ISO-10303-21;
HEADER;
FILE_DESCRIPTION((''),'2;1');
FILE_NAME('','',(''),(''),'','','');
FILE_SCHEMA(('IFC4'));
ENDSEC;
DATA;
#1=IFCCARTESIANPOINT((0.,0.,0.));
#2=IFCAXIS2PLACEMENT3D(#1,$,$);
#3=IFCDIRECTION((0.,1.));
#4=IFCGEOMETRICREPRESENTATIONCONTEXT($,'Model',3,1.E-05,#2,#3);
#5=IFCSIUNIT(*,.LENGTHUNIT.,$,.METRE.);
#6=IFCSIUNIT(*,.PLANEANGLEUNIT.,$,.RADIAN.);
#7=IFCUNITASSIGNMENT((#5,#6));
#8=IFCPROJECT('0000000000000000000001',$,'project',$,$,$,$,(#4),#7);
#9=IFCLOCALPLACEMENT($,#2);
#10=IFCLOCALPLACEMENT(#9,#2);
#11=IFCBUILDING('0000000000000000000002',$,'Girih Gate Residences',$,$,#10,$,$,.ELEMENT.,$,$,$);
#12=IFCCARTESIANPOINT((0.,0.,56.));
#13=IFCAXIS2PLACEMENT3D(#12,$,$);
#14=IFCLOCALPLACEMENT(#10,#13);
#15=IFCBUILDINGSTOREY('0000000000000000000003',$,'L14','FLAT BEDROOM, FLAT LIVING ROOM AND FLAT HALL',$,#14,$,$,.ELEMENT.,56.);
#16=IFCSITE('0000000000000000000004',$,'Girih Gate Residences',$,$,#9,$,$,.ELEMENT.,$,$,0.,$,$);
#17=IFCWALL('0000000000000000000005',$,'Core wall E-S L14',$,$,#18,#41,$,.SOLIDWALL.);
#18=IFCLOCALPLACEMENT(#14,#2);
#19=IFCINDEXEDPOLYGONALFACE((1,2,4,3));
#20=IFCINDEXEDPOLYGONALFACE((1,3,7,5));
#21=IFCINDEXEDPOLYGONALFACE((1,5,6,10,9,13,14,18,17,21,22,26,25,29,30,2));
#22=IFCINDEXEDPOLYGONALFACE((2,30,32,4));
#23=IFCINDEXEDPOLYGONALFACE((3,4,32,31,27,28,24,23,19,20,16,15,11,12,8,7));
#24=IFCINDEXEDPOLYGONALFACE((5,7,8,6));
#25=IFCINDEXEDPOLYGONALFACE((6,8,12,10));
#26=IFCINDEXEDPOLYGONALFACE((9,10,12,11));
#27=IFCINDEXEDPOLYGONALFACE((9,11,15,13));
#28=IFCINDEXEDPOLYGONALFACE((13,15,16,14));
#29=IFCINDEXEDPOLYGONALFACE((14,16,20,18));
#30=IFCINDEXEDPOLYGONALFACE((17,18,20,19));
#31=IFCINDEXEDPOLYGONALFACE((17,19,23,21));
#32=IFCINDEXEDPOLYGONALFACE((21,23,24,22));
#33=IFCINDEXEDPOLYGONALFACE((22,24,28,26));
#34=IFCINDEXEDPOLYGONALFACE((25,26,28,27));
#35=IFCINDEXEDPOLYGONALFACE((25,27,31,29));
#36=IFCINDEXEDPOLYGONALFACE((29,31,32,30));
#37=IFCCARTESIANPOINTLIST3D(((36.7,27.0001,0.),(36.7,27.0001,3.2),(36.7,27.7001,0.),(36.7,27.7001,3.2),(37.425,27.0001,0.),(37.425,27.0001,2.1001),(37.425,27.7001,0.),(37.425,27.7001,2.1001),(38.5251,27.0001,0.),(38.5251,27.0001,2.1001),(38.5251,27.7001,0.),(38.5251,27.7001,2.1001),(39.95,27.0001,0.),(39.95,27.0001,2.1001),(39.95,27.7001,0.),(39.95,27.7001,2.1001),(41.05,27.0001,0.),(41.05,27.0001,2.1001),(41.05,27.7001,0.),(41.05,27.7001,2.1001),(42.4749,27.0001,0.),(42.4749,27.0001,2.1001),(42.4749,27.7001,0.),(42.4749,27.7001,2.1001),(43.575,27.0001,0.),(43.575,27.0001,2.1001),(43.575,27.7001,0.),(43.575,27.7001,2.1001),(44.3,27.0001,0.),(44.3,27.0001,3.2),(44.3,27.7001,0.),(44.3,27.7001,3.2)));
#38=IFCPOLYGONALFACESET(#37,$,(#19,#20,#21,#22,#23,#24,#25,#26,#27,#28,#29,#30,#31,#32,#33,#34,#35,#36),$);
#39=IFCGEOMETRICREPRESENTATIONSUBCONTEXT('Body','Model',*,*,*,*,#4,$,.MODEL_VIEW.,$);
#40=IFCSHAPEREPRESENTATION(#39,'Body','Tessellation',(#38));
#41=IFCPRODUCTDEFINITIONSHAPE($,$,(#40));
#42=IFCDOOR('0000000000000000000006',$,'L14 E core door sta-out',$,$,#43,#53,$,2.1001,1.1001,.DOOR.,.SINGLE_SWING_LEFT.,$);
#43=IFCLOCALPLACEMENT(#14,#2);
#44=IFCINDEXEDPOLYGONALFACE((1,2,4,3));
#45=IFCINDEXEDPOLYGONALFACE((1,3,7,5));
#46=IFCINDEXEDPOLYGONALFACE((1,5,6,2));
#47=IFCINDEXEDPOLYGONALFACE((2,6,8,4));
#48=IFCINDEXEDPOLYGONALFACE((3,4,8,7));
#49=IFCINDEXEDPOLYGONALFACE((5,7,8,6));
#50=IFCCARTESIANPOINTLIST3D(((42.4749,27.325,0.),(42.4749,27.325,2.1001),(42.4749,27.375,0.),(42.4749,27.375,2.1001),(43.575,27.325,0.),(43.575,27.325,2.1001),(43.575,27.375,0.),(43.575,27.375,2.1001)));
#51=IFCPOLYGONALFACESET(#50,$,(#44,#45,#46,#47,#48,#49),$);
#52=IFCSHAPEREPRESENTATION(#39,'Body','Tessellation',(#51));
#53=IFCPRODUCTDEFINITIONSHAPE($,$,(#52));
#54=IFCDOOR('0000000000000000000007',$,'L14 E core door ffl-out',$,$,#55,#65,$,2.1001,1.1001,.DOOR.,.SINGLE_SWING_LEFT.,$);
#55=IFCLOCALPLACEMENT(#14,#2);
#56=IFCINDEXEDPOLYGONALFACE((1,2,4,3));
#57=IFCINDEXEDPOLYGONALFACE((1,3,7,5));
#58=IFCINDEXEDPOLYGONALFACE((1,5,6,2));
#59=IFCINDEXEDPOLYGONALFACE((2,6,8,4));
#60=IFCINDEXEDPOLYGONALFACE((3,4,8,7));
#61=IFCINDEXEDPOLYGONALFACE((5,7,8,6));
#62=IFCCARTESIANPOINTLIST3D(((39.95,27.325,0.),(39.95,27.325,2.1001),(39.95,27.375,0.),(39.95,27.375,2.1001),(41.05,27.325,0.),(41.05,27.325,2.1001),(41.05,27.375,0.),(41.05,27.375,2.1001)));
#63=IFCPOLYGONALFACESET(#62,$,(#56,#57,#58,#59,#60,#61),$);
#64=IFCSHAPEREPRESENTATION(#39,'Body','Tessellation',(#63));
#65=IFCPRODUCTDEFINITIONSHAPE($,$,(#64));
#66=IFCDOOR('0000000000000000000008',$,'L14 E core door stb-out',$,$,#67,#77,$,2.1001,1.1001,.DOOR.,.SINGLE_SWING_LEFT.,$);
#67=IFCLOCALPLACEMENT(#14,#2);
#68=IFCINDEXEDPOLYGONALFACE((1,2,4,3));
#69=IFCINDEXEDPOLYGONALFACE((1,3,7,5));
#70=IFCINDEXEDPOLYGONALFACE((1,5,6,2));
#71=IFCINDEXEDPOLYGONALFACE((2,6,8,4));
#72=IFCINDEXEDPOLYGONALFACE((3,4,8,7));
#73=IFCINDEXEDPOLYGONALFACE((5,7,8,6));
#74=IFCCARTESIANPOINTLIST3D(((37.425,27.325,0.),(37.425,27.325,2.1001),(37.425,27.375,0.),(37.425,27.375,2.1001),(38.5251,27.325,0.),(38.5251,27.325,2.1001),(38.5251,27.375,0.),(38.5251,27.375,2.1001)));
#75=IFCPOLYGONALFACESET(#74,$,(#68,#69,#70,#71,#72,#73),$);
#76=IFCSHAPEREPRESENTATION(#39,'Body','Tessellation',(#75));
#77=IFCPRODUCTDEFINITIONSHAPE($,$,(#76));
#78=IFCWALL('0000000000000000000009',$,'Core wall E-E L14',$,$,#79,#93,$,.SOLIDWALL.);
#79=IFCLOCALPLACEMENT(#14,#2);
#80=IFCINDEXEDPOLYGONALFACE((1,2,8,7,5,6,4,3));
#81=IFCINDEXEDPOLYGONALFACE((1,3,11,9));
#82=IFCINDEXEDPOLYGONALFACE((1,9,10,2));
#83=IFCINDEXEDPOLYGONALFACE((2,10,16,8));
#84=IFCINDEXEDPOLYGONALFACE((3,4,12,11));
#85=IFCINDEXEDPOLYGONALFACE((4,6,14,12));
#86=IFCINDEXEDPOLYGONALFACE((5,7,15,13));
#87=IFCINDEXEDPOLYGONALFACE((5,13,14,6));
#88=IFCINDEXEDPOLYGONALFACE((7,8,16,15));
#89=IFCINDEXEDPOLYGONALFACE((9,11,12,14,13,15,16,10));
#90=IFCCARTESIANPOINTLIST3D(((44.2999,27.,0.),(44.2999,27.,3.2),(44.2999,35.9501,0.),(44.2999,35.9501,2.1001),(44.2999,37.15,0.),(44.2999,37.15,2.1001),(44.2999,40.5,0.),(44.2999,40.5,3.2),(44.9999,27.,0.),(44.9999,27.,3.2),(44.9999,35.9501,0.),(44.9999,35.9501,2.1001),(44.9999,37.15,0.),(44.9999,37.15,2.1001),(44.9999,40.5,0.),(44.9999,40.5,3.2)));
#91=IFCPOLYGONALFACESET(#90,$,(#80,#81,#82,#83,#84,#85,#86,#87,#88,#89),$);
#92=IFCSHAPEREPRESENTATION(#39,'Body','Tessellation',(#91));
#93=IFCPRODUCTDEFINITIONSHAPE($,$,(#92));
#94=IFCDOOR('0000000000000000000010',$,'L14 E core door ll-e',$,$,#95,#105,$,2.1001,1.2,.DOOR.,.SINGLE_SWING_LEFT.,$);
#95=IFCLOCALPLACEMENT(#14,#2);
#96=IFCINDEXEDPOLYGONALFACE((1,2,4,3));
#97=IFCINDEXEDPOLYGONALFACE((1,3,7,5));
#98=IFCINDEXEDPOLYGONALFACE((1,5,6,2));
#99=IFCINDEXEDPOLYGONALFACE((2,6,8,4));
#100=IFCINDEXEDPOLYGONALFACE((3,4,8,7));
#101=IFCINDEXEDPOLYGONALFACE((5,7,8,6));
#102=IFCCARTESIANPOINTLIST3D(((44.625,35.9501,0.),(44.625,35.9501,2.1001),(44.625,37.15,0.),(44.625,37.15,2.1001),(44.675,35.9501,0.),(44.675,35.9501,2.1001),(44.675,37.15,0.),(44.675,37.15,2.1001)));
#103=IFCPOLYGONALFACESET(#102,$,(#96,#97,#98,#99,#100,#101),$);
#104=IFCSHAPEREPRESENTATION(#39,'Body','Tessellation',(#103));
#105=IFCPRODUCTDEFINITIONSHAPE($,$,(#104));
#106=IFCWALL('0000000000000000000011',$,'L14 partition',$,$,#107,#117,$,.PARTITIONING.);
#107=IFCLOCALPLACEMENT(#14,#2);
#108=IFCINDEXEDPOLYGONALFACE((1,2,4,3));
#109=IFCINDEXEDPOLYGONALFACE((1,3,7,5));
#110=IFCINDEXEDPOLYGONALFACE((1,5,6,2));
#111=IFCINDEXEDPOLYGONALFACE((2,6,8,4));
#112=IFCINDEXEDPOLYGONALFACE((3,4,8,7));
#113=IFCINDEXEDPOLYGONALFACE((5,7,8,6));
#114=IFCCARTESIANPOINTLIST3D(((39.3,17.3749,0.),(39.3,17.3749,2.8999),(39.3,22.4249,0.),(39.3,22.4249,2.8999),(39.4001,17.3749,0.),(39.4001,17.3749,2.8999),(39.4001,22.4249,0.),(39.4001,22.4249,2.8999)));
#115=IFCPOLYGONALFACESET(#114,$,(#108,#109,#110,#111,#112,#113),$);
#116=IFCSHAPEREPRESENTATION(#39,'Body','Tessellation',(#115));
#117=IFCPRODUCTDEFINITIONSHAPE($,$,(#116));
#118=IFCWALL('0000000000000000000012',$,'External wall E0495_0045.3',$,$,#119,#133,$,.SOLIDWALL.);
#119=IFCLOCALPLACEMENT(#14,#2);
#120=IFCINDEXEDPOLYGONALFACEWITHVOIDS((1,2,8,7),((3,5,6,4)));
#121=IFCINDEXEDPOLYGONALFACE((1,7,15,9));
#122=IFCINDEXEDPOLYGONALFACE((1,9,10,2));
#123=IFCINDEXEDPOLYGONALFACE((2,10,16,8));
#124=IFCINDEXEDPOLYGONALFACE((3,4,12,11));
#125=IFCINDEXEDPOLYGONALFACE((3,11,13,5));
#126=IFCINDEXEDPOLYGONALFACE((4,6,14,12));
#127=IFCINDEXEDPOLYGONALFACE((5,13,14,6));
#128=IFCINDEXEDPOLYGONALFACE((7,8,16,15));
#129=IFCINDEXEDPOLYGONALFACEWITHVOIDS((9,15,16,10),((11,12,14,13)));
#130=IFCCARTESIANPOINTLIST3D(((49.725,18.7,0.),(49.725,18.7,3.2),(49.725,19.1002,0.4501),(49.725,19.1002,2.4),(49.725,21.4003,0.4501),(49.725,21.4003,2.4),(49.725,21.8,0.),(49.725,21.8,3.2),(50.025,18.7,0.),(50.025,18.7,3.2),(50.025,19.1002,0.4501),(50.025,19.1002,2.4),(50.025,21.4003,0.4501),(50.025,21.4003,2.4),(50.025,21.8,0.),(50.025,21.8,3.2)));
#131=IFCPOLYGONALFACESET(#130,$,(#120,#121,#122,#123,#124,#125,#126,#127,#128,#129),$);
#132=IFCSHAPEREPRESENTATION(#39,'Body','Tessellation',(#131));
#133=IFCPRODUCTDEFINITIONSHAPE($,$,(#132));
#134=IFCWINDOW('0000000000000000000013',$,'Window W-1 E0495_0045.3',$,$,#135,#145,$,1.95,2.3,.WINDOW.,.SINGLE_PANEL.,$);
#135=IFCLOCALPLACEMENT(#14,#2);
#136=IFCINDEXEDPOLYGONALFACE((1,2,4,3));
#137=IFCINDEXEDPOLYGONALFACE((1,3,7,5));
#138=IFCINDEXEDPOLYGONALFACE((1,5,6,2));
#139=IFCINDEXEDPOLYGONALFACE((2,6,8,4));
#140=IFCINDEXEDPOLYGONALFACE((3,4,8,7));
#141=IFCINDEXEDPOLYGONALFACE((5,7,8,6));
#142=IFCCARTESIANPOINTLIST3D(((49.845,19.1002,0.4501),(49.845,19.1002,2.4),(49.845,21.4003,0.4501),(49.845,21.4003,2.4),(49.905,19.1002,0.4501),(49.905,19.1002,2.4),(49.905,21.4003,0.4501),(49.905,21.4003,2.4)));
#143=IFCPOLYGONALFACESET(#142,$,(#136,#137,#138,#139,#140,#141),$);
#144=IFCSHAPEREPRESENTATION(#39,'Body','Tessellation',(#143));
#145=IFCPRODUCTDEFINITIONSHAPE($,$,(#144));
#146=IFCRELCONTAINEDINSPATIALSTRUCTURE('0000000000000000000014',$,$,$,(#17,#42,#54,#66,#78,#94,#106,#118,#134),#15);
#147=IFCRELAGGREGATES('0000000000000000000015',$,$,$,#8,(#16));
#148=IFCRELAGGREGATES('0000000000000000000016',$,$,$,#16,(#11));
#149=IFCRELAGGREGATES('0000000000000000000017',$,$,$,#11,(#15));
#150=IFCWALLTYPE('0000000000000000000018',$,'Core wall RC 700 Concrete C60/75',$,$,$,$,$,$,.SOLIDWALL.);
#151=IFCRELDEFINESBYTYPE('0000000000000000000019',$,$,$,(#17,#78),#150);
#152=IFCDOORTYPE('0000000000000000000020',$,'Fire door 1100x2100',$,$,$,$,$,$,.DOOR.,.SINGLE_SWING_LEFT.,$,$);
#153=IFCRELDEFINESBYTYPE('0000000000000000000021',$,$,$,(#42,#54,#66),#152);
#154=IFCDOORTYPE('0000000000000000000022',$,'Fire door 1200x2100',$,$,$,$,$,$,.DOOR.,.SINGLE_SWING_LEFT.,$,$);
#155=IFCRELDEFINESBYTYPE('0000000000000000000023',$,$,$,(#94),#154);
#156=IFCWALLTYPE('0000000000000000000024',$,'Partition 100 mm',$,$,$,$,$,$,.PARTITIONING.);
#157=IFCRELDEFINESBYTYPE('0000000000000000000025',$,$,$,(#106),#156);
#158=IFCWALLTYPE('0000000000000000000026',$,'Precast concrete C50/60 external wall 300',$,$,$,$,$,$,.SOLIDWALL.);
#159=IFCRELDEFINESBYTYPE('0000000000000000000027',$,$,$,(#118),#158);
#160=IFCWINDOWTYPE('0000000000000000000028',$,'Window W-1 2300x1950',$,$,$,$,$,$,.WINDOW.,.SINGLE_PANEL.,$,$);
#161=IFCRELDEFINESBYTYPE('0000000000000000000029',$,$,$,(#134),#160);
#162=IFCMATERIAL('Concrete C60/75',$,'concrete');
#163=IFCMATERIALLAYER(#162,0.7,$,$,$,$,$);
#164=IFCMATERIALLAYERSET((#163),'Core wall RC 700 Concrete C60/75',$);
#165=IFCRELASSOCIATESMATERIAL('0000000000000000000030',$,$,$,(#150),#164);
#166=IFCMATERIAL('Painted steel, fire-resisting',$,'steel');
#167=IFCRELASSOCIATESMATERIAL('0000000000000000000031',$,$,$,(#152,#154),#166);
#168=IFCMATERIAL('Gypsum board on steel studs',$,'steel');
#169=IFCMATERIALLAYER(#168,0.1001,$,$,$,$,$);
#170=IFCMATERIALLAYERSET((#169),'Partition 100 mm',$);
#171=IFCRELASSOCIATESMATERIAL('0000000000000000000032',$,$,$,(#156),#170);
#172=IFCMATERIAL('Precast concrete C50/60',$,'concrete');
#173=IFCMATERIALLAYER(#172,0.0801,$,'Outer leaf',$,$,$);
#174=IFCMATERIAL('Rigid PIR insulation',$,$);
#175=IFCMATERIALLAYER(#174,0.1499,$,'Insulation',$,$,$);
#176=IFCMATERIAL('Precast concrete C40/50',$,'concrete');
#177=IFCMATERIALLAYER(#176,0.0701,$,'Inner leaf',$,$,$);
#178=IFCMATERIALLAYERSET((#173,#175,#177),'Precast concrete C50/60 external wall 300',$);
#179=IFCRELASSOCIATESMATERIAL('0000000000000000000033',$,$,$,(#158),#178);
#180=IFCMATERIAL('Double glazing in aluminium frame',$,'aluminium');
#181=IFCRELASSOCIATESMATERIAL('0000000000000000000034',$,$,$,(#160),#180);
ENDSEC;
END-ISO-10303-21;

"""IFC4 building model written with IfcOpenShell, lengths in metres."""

from ifc_helpers import new_model, si_unit, direction, frame, frame_2d, origin, place, context, subcontext, project, spatial, rectangle, extrude, material, layer, layer_set, type_object, element, fill, save


model = new_model("IFC4")

# Units and contexts
model_context = context("Model", 3, precision=1e-05, world=origin(), true_north=direction((0.0, 1.0)))
body_context = subcontext(model_context, "Body", "Model", "MODEL_VIEW")
ifc_project = project(units=[si_unit("LENGTHUNIT", "METRE"), si_unit("PLANEANGLEUNIT", "RADIAN")], contexts=[model_context])

# Site, building, storey
site_placement = place(None, origin())
site = spatial("IfcSite", under=ifc_project, at=site_placement, Name="Girih Gate Residences", CompositionType="ELEMENT", RefElevation=0.0)
building_placement = place(site_placement, origin())
building = spatial("IfcBuilding", under=site, at=building_placement, Name="Girih Gate Residences", CompositionType="ELEMENT")
storey_placement = place(building_placement, frame((0.0, 0.0, 56.0)))
storey = spatial("IfcBuildingStorey", under=building, at=storey_placement, Name="L14", Description="FLAT BEDROOM, FLAT LIVING ROOM AND FLAT HALL", CompositionType="ELEMENT", Elevation=56.0)

# Shared definitions
ifc_material_1 = material(Name="Concrete C60/75", Category="concrete")

# Shared definitions
ifc_material_2 = material(Name="Gypsum board on steel studs", Category="steel")

# Wall, openings, doors
ifc_layer_1 = layer(ifc_material_1, 0.7)
ifc_layer_set_1 = layer_set([ifc_layer_1], Name="Core wall RC 700 Concrete C60/75")
wall_type_1 = type_object("IfcWallType", Name="Core wall RC 700 Concrete C60/75", PredefinedType="SOLIDWALL", material=ifc_layer_set_1)
wall_1_placement = place(storey_placement, frame((36.7, 27.3501, 0.0), z_axis=(0.0, 0.0, 1.0), x_axis=(1.0, 0.0, 0.0)))
wall_1 = element("IfcWall", 1, at=wall_1_placement, inside=storey, type_object=wall_type_1, Name="Core wall E-S L14", PredefinedType="SOLIDWALL", context=body_context, shape_type="SweptSolid", body=[
    extrude(rectangle(XDim=7.6001, YDim=0.7, at=frame_2d((3.8, 0.0))), origin(), (0.0, 0.0, 1.0), 3.2),
])
opening_1_placement = place(wall_1_placement, frame((5.7749, 0.0, 0.0)))
opening_1 = element("IfcOpeningElement", 2, at=opening_1_placement, cuts=wall_1, PredefinedType="OPENING", context=body_context, shape_type="SweptSolid", body=[
    extrude(rectangle(XDim=1.1001, YDim=2.1001, at=frame_2d((0.55, 1.05))), frame((0.0, 0.3599, 0.0), z_axis=(0.0, -1.0, 0.0), x_axis=(1.0, 0.0, 0.0)), (0.0, 0.0, 1.0), 0.72),
])
opening_2_placement = place(wall_1_placement, frame((3.25, 0.0, 0.0)))
opening_2 = element("IfcOpeningElement", 3, at=opening_2_placement, cuts=wall_1, PredefinedType="OPENING", context=body_context, shape_type="SweptSolid", body=[
    extrude(rectangle(XDim=1.1001, YDim=2.1001, at=frame_2d((0.55, 1.05))), frame((0.0, 0.3599, 0.0), z_axis=(0.0, -1.0, 0.0), x_axis=(1.0, 0.0, 0.0)), (0.0, 0.0, 1.0), 0.72),
])
opening_3_placement = place(wall_1_placement, frame((0.7251, 0.0, 0.0)))
opening_3 = element("IfcOpeningElement", 4, at=opening_3_placement, cuts=wall_1, PredefinedType="OPENING", context=body_context, shape_type="SweptSolid", body=[
    extrude(rectangle(XDim=1.1001, YDim=2.1001, at=frame_2d((0.55, 1.05))), frame((0.0, 0.3599, 0.0), z_axis=(0.0, -1.0, 0.0), x_axis=(1.0, 0.0, 0.0)), (0.0, 0.0, 1.0), 0.72),
])
ifc_material_3 = material(Name="Painted steel, fire-resisting", Category="steel")
door_type_1 = type_object("IfcDoorType", Name="Fire door 1100x2100", OperationType="SINGLE_SWING_LEFT", PredefinedType="DOOR", material=ifc_material_3)
door_1_placement = place(opening_1_placement, origin())
door_1 = element("IfcDoor", 5, at=door_1_placement, inside=storey, type_object=door_type_1, Name="L14 E core door sta-out", OperationType="SINGLE_SWING_LEFT", OverallHeight=2.1001, OverallWidth=1.1001, PredefinedType="DOOR", context=body_context, shape_type="SweptSolid", body=[
    extrude(rectangle(XDim=1.1001, YDim=2.1001, at=frame_2d((0.55, 1.05))), frame((0.0, 0.0249, 0.0), z_axis=(0.0, -1.0, 0.0), x_axis=(1.0, 0.0, 0.0)), (0.0, 0.0, 1.0), 0.05),
])
fill(opening_1, door_1)
door_2_placement = place(opening_2_placement, origin())
door_2 = element("IfcDoor", 6, at=door_2_placement, inside=storey, type_object=door_type_1, Name="L14 E core door ffl-out", OperationType="SINGLE_SWING_LEFT", OverallHeight=2.1001, OverallWidth=1.1001, PredefinedType="DOOR", context=body_context, shape_type="SweptSolid", body=[
    extrude(rectangle(XDim=1.1001, YDim=2.1001, at=frame_2d((0.55, 1.05))), frame((0.0, 0.0249, 0.0), z_axis=(0.0, -1.0, 0.0), x_axis=(1.0, 0.0, 0.0)), (0.0, 0.0, 1.0), 0.05),
])
fill(opening_2, door_2)
door_3_placement = place(opening_3_placement, origin())
door_3 = element("IfcDoor", 7, at=door_3_placement, inside=storey, type_object=door_type_1, Name="L14 E core door stb-out", OperationType="SINGLE_SWING_LEFT", OverallHeight=2.1001, OverallWidth=1.1001, PredefinedType="DOOR", context=body_context, shape_type="SweptSolid", body=[
    extrude(rectangle(XDim=1.1001, YDim=2.1001, at=frame_2d((0.55, 1.05))), frame((0.0, 0.0249, 0.0), z_axis=(0.0, -1.0, 0.0), x_axis=(1.0, 0.0, 0.0)), (0.0, 0.0, 1.0), 0.05),
])
fill(opening_3, door_3)

# Wall, opening, door
wall_2_placement = place(storey_placement, frame((44.6499, 27.0, 0.0), z_axis=(0.0, 0.0, 1.0), x_axis=(0.0, 1.0, 0.0)))
wall_2 = element("IfcWall", 8, at=wall_2_placement, inside=storey, type_object=wall_type_1, Name="Core wall E-E L14", PredefinedType="SOLIDWALL", context=body_context, shape_type="SweptSolid", body=[
    extrude(rectangle(XDim=13.5, YDim=0.7, at=frame_2d((6.75, 0.0))), origin(), (0.0, 0.0, 1.0), 3.2),
])
opening_4_placement = place(wall_2_placement, frame((8.95, 0.0, 0.0)))
opening_4 = element("IfcOpeningElement", 9, at=opening_4_placement, cuts=wall_2, PredefinedType="OPENING", context=body_context, shape_type="SweptSolid", body=[
    extrude(rectangle(XDim=1.2, YDim=2.1001, at=frame_2d((0.6001, 1.05))), frame((0.0, 0.3599, 0.0), z_axis=(0.0, -1.0, 0.0), x_axis=(1.0, 0.0, 0.0)), (0.0, 0.0, 1.0), 0.72),
])
door_type_2 = type_object("IfcDoorType", Name="Fire door 1200x2100", OperationType="SINGLE_SWING_LEFT", PredefinedType="DOOR", material=ifc_material_3)
door_4_placement = place(opening_4_placement, origin())
door_4 = element("IfcDoor", 10, at=door_4_placement, inside=storey, type_object=door_type_2, Name="L14 E core door ll-e", OperationType="SINGLE_SWING_LEFT", OverallHeight=2.1001, OverallWidth=1.2, PredefinedType="DOOR", context=body_context, shape_type="SweptSolid", body=[
    extrude(rectangle(XDim=1.2, YDim=2.1001, at=frame_2d((0.6001, 1.05))), frame((0.0, 0.0249, 0.0), z_axis=(0.0, -1.0, 0.0), x_axis=(1.0, 0.0, 0.0)), (0.0, 0.0, 1.0), 0.05),
])
fill(opening_4, door_4)

# Wall
ifc_layer_2 = layer(ifc_material_2, 0.1001)
ifc_layer_set_2 = layer_set([ifc_layer_2], Name="Partition 100 mm")
wall_type_2 = type_object("IfcWallType", Name="Partition 100 mm", PredefinedType="PARTITIONING", material=ifc_layer_set_2)
wall_3_placement = place(storey_placement, frame((39.3501, 17.375, 0.0), z_axis=(0.0, 0.0, 1.0), x_axis=(0.0, 1.0, 0.0)))
element("IfcWall", 11, at=wall_3_placement, inside=storey, type_object=wall_type_2, Name="L14 partition", PredefinedType="PARTITIONING", context=body_context, shape_type="SweptSolid", body=[
    extrude(rectangle(XDim=5.05, YDim=0.1001, at=frame_2d((2.5249, 0.0))), origin(), (0.0, 0.0, 1.0), 2.8999),
])

# Wall, opening, window
ifc_material_4 = material(Name="Precast concrete C50/60", Category="concrete")
ifc_layer_3 = layer(ifc_material_4, 0.0801, Name="Outer leaf")
ifc_material_5 = material(Name="Rigid PIR insulation")
ifc_layer_4 = layer(ifc_material_5, 0.1499, Name="Insulation")
ifc_material_6 = material(Name="Precast concrete C40/50", Category="concrete")
ifc_layer_5 = layer(ifc_material_6, 0.0701, Name="Inner leaf")
ifc_layer_set_3 = layer_set([ifc_layer_3, ifc_layer_4, ifc_layer_5], Name="Precast concrete C50/60 external wall 300")
wall_type_3 = type_object("IfcWallType", Name="Precast concrete C50/60 external wall 300", PredefinedType="SOLIDWALL", material=ifc_layer_set_3)
wall_4_placement = place(storey_placement, frame((49.875, 21.8, 0.0), z_axis=(0.0, 0.0, 1.0), x_axis=(0.0, -1.0, 0.0)))
wall_4 = element("IfcWall", 12, at=wall_4_placement, inside=storey, type_object=wall_type_3, Name="External wall E0495_0045.3", PredefinedType="SOLIDWALL", context=body_context, shape_type="SweptSolid", body=[
    extrude(rectangle(XDim=3.1001, YDim=0.3, at=frame_2d((1.55, 0.0))), origin(), (0.0, 0.0, 1.0), 3.2),
])
opening_5_placement = place(wall_4_placement, frame((0.3999, 0.0, 0.45)))
opening_5 = element("IfcOpeningElement", 13, at=opening_5_placement, cuts=wall_4, PredefinedType="OPENING", context=body_context, shape_type="SweptSolid", body=[
    extrude(rectangle(XDim=2.3, YDim=1.95, at=frame_2d((1.1499, 0.9751))), frame((0.0, 0.1599, 0.0), z_axis=(0.0, -1.0, 0.0), x_axis=(1.0, 0.0, 0.0)), (0.0, 0.0, 1.0), 0.3201),
])
ifc_material_7 = material(Name="Double glazing in aluminium frame", Category="aluminium")
window_type = type_object("IfcWindowType", Name="Window W-1 2300x1950", PartitioningType="SINGLE_PANEL", PredefinedType="WINDOW", material=ifc_material_7)
window_1_placement = place(opening_5_placement, origin())
window_1 = element("IfcWindow", 14, at=window_1_placement, inside=storey, type_object=window_type, Name="Window W-1 E0495_0045.3", OverallHeight=1.95, OverallWidth=2.3, PartitioningType="SINGLE_PANEL", PredefinedType="WINDOW", context=body_context, shape_type="SweptSolid", body=[
    extrude(rectangle(XDim=2.3, YDim=1.95, at=frame_2d((1.1499, 0.9751))), frame((0.0, 0.03, 0.0), z_axis=(0.0, -1.0, 0.0), x_axis=(1.0, 0.0, 0.0)), (0.0, 0.0, 1.0), 0.0601),
])
fill(opening_5, window_1)

save(model, "model.ifc")
